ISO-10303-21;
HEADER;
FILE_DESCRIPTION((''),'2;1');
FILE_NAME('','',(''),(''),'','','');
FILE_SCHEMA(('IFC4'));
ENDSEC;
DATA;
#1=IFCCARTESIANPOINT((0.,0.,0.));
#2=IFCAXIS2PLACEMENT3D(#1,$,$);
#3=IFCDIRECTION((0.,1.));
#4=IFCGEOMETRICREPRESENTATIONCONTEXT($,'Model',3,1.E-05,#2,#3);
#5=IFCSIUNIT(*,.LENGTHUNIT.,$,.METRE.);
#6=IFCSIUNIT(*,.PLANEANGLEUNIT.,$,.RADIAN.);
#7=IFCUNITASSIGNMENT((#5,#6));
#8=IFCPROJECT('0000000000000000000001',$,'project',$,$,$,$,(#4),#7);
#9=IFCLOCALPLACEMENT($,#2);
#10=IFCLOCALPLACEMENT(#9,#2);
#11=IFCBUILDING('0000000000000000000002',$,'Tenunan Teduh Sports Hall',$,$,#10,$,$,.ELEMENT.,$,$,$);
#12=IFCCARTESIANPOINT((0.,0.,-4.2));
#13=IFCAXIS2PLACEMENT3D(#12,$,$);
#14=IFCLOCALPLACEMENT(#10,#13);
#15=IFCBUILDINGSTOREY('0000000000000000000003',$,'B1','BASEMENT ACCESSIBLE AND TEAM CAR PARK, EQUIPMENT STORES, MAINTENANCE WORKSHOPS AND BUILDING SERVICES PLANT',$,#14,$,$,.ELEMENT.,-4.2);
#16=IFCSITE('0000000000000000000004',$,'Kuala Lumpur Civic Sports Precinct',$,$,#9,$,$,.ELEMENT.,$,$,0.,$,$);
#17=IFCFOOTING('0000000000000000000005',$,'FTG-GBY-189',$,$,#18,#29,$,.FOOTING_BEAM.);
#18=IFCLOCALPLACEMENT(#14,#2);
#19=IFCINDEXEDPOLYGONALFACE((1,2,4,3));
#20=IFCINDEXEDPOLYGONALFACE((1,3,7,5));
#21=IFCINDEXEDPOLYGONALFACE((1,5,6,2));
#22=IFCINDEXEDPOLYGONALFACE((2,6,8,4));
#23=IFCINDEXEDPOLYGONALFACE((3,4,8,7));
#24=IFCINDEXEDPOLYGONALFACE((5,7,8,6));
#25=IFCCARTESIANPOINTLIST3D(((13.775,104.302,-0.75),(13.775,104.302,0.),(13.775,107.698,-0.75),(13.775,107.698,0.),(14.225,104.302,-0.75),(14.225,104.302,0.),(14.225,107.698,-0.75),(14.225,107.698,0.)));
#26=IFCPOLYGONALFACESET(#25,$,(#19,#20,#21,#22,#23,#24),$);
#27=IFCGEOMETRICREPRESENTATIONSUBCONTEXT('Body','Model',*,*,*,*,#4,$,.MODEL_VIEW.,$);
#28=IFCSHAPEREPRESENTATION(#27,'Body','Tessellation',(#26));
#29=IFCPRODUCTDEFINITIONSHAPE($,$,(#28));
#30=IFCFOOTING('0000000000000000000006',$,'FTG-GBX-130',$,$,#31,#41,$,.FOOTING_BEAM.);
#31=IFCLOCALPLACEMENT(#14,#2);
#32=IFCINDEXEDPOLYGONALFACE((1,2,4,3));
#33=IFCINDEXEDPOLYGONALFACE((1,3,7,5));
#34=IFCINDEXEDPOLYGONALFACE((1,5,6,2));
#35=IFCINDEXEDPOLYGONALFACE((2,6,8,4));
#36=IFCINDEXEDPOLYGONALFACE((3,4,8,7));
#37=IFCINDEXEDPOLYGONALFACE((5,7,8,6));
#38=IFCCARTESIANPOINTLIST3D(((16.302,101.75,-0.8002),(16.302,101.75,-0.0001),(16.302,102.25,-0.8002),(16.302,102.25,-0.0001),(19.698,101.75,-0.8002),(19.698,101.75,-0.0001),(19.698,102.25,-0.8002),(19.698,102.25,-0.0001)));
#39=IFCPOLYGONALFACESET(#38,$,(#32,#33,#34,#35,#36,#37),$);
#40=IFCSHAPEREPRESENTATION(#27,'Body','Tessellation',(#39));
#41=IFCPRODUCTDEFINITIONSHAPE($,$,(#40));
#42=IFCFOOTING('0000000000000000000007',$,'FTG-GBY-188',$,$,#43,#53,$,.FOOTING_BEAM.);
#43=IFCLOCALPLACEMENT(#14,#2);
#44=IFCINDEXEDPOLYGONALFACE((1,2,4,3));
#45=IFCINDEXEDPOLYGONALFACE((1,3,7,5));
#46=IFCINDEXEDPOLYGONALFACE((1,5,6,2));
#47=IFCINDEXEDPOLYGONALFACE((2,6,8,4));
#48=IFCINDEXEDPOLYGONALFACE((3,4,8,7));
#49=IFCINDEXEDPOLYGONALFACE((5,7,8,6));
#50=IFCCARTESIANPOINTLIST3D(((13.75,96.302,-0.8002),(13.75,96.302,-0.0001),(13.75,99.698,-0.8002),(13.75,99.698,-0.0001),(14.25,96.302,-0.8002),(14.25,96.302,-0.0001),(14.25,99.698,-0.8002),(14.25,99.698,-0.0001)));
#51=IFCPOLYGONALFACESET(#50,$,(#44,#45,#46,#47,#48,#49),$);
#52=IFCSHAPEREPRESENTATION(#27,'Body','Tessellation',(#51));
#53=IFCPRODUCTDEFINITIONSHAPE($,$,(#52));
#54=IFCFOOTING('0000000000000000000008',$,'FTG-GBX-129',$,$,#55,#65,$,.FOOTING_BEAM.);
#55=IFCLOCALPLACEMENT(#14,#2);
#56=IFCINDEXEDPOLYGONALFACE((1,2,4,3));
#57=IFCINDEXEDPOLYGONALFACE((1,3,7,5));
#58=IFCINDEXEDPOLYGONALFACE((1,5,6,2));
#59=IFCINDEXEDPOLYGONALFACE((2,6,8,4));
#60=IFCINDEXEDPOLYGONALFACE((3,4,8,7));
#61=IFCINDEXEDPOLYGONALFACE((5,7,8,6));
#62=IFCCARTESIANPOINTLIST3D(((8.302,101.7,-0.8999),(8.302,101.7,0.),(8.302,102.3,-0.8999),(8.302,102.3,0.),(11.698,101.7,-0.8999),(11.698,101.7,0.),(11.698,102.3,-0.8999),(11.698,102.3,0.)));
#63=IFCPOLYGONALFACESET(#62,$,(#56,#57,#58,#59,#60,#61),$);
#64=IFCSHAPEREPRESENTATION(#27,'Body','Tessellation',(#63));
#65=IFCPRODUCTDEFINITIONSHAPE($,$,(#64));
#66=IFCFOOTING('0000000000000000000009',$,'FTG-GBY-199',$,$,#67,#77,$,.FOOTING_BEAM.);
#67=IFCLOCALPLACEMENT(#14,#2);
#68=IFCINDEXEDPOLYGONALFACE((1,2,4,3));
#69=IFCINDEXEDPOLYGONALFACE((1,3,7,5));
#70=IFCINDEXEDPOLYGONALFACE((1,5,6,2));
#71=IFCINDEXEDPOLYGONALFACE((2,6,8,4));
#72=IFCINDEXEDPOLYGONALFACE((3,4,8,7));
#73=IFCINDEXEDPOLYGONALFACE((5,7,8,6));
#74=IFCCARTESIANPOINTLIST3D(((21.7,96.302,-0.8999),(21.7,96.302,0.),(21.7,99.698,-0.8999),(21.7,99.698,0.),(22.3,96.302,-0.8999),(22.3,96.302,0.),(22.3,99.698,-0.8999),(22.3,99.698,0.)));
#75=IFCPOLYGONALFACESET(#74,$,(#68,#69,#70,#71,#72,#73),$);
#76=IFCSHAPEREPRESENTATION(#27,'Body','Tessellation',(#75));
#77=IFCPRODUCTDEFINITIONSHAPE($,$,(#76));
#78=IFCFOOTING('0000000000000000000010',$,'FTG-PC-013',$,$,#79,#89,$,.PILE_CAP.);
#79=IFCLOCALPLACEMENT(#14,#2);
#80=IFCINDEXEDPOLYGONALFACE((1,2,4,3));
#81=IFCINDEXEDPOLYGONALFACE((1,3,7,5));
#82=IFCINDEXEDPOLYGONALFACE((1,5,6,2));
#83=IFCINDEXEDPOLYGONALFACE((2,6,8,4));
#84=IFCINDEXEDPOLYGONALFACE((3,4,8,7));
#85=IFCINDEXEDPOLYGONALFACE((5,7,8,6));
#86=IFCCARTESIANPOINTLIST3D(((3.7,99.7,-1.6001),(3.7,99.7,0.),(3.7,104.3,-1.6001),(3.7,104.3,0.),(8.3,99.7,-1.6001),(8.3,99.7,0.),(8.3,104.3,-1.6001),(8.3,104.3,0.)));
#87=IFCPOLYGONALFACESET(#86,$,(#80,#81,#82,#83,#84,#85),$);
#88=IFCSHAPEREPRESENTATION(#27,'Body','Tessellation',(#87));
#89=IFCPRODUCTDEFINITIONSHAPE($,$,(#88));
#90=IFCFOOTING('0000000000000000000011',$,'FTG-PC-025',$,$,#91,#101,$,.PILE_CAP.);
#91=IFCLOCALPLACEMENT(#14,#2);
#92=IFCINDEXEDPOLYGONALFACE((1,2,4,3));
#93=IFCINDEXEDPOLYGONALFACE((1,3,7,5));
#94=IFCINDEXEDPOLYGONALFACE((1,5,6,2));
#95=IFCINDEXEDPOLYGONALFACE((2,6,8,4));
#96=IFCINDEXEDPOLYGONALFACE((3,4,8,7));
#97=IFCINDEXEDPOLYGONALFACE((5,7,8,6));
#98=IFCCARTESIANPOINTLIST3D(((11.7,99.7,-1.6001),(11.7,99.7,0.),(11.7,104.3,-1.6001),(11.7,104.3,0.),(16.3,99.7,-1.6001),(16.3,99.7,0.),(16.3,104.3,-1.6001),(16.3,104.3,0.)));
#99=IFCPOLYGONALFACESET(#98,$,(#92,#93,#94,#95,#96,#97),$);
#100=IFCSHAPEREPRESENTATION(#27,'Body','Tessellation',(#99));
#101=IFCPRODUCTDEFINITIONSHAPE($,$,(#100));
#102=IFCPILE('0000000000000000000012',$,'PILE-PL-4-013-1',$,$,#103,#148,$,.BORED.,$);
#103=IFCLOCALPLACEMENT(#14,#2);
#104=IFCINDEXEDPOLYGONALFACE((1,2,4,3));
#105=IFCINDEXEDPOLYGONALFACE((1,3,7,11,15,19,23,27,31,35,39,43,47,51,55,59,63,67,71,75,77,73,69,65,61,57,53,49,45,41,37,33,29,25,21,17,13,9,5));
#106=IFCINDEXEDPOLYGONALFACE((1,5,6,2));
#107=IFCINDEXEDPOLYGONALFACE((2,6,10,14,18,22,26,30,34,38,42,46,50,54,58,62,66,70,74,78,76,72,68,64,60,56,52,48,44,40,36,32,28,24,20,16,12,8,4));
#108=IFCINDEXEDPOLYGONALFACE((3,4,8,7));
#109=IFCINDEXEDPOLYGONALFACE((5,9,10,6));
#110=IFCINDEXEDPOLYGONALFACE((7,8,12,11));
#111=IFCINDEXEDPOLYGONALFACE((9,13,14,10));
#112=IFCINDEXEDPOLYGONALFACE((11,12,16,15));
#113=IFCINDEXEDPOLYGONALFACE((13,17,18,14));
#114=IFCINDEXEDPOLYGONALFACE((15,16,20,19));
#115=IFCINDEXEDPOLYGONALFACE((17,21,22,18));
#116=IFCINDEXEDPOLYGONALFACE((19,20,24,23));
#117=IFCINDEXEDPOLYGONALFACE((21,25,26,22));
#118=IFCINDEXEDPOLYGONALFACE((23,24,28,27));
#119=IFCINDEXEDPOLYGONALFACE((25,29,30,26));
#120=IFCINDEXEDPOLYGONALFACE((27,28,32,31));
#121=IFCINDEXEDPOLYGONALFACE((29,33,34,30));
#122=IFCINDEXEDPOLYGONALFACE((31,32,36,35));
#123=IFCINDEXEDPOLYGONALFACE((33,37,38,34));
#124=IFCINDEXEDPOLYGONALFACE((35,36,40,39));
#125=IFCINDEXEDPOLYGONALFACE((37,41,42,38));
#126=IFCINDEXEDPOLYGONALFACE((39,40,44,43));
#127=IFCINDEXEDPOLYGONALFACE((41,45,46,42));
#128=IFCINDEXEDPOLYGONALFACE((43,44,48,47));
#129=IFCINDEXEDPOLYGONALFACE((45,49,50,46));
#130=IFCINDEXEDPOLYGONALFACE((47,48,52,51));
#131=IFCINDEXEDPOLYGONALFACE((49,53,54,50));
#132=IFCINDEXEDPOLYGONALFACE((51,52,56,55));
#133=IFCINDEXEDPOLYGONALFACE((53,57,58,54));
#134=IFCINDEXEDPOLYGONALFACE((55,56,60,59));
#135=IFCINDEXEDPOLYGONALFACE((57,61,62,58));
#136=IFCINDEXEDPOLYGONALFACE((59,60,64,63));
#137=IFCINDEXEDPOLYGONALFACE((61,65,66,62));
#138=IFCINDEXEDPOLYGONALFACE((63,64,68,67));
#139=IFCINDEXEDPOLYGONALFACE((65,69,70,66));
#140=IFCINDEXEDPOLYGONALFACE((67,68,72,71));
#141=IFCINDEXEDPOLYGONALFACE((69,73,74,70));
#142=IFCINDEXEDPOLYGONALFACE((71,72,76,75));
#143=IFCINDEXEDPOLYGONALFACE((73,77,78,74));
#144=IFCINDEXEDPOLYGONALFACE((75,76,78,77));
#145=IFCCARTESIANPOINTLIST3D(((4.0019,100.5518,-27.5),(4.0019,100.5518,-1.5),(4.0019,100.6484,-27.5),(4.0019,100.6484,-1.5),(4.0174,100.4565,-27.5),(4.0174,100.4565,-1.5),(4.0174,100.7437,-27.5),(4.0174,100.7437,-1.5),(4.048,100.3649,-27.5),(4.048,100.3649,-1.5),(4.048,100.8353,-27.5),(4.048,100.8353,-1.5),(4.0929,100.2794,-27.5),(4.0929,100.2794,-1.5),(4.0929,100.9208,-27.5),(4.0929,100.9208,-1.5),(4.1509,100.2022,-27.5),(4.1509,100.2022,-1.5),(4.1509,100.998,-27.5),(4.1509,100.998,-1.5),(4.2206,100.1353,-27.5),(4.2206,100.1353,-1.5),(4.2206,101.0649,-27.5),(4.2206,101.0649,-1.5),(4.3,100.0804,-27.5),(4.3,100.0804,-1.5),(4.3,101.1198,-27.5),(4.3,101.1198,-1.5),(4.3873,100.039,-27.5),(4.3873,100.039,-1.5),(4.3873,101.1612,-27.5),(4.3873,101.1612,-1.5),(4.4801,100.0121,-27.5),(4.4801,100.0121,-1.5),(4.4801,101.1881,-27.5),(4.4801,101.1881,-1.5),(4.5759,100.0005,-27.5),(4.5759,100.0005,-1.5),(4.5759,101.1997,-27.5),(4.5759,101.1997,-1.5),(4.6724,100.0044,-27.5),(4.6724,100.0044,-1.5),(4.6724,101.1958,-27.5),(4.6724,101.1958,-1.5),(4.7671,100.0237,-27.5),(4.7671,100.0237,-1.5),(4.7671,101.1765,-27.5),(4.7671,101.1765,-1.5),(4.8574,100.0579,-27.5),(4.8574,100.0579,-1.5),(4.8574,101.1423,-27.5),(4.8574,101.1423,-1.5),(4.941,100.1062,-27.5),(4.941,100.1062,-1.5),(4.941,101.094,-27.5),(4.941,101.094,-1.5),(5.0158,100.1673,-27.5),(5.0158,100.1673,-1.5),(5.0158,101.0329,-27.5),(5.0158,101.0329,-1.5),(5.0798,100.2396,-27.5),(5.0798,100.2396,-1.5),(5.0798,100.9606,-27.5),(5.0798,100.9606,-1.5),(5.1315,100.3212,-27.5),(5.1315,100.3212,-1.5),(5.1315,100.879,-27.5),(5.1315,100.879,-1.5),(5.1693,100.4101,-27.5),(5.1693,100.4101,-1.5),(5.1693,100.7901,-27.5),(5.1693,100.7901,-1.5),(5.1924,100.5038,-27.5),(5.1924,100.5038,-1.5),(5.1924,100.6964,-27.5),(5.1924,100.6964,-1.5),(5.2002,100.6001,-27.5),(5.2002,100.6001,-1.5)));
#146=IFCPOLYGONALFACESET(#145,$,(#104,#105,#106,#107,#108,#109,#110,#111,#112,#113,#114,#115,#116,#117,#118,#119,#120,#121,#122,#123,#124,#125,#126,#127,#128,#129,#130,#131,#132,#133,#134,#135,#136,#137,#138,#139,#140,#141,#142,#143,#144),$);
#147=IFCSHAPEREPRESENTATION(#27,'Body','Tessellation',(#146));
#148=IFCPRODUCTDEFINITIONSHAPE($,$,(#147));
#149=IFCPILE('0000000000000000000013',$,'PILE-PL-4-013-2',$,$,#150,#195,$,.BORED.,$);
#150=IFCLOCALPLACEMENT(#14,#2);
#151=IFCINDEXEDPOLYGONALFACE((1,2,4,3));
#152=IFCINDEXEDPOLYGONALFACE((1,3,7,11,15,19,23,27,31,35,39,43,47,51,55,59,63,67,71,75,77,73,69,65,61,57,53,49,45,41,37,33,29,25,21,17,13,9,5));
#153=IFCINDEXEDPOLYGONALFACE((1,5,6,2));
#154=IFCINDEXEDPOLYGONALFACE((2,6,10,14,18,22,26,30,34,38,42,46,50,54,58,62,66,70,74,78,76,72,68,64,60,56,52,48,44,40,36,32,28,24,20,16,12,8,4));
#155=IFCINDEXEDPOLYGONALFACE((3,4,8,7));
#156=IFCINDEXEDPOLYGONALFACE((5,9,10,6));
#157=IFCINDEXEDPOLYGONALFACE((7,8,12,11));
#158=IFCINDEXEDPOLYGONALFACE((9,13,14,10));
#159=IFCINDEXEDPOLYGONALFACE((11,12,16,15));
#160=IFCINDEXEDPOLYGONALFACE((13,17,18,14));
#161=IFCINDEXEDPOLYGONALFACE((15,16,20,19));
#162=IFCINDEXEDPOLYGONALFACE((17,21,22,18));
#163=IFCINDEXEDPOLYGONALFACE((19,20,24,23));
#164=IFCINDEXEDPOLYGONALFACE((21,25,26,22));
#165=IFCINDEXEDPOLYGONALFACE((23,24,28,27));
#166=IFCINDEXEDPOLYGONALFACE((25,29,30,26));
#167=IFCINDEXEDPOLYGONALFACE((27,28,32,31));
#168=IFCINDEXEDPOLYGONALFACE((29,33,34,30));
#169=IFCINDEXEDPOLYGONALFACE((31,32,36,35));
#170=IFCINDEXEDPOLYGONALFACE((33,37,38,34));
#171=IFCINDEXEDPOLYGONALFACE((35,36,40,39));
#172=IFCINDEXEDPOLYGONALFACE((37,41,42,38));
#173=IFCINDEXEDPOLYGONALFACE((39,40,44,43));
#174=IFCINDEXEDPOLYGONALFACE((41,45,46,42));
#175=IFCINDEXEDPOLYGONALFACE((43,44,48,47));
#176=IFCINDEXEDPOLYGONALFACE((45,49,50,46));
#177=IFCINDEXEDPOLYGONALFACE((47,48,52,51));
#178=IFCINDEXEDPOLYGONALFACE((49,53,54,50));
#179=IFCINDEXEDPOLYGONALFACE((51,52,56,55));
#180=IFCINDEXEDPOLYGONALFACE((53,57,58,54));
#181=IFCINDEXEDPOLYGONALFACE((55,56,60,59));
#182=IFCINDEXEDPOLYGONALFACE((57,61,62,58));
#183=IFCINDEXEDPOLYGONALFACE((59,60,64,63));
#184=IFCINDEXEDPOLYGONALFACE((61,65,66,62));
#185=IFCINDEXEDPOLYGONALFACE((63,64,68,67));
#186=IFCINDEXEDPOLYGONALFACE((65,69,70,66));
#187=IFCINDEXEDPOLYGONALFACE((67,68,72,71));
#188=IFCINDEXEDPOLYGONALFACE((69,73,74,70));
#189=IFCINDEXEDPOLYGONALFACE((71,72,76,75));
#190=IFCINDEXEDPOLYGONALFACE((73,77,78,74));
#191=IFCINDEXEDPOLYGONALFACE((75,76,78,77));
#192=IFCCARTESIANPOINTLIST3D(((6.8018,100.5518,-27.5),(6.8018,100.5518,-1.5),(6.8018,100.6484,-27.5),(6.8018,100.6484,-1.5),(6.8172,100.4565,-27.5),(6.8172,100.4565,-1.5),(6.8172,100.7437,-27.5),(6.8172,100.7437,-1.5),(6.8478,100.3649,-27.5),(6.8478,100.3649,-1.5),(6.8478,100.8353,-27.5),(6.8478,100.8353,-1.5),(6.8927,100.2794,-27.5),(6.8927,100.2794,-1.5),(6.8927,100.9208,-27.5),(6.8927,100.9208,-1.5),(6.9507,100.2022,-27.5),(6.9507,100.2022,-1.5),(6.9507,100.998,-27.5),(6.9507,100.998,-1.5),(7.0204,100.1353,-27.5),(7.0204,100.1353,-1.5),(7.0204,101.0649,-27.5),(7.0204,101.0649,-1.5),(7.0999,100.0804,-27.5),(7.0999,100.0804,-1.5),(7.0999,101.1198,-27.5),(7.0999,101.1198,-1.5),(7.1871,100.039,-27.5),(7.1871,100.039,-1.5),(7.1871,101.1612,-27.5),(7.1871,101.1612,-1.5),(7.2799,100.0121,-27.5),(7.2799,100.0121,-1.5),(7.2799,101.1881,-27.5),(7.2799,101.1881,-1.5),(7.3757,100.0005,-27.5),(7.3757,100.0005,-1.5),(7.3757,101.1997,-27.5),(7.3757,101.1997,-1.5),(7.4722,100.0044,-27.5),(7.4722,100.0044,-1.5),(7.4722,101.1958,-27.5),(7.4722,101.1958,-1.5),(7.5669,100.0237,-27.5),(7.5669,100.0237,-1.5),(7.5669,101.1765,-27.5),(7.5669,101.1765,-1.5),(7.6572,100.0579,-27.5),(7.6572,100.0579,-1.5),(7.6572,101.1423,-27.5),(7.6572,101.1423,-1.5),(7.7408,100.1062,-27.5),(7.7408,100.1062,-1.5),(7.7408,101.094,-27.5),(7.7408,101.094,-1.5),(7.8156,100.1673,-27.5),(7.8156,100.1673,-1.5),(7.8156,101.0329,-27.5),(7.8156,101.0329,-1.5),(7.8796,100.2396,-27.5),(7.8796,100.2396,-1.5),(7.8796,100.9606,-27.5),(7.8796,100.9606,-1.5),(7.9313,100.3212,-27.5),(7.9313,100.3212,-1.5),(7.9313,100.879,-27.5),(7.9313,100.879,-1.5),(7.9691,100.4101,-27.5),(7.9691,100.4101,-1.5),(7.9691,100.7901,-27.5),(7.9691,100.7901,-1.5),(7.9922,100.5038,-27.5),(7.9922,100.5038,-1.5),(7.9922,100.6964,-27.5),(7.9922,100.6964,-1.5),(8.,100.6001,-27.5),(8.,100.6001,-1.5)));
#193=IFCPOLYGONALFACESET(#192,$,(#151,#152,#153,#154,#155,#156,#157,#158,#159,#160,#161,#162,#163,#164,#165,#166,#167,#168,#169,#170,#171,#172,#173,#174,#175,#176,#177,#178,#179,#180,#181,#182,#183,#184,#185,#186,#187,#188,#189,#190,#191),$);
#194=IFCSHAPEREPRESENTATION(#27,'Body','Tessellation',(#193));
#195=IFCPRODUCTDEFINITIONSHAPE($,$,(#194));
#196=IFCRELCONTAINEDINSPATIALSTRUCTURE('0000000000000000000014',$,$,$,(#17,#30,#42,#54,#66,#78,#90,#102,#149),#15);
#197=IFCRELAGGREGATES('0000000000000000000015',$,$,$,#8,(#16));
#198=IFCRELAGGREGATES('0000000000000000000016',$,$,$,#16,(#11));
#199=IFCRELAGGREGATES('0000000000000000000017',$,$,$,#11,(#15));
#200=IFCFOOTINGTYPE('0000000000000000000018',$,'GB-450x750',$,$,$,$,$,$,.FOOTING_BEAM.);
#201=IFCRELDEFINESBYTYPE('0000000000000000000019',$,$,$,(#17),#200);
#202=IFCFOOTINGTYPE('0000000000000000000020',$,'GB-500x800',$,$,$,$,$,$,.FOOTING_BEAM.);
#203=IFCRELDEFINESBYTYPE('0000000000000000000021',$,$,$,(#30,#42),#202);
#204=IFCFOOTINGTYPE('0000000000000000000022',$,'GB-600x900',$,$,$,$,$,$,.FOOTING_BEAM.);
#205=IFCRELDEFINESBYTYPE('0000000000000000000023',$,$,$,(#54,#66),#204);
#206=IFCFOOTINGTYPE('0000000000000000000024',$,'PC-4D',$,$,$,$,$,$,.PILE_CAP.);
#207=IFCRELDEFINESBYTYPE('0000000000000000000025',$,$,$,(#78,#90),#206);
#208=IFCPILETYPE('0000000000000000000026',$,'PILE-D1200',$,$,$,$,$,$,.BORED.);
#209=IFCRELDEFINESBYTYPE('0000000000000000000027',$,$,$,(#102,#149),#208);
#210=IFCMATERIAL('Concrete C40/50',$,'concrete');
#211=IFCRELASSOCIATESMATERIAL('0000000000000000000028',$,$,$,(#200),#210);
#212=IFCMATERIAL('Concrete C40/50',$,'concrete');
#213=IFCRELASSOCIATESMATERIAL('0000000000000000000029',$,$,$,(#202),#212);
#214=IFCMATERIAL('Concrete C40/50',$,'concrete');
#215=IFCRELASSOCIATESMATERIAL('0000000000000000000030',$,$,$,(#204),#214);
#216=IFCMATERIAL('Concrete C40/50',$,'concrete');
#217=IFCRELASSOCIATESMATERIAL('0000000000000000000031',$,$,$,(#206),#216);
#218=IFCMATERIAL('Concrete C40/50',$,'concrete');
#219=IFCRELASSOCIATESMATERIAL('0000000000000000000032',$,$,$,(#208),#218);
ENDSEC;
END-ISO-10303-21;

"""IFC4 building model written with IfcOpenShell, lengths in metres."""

from ifc_helpers import new_model, si_unit, direction, frame, origin, origin_2d, place, context, subcontext, project, spatial, rectangle, circle, extrude, material, material_profile, profile_set, type_object, element, save


model = new_model("IFC4")

# Units and contexts
model_context = context("Model", 3, precision=1e-05, world=origin(), true_north=direction((0.0, 1.0)))
body_context = subcontext(model_context, "Body", "Model", "MODEL_VIEW")
ifc_project = project(units=[si_unit("LENGTHUNIT", "METRE"), si_unit("PLANEANGLEUNIT", "RADIAN")], contexts=[model_context])

# Site, building, storey
site_placement = place(None, origin())
site = spatial("IfcSite", under=ifc_project, at=site_placement, Name="Kuala Lumpur Civic Sports Precinct", CompositionType="ELEMENT", RefElevation=0.0)
building_placement = place(site_placement, origin())
building = spatial("IfcBuilding", under=site, at=building_placement, Name="Tenunan Teduh Sports Hall", CompositionType="ELEMENT")
storey_placement = place(building_placement, frame((0.0, 0.0, -4.2)))
storey = spatial("IfcBuildingStorey", under=building, at=storey_placement, Name="B1", Description="BASEMENT ACCESSIBLE AND TEAM CAR PARK, EQUIPMENT STORES, MAINTENANCE WORKSHOPS AND BUILDING SERVICES PLANT", CompositionType="ELEMENT", Elevation=-4.2)

# Footings
ifc_material_1 = material(Name="Concrete C40/50", Category="concrete")
ifc_material_profile_1 = material_profile(ifc_material_1, rectangle(XDim=0.45, YDim=0.75, at=origin_2d()), Name="RCB 450x750")
ifc_profile_set_1 = profile_set([ifc_material_profile_1], Name="Concrete C40/50")
footing_type_1 = type_object("IfcFootingType", Name="GB-450x750", PredefinedType="FOOTING_BEAM", material=ifc_profile_set_1)
footing_placement = place(storey_placement, frame((14.0, 104.302, -0.375), z_axis=(0.0, 1.0, 0.0), x_axis=(-1.0, 0.0, 0.0)))
element("IfcFooting", 1, at=footing_placement, inside=storey, type_object=footing_type_1, Name="FTG-GBY-189", PredefinedType="FOOTING_BEAM", context=body_context, shape_type="SweptSolid", body=[
    extrude(rectangle(XDim=0.45, YDim=0.75, at=origin_2d()), origin(), (0.0, 0.0, 1.0), 3.396),
])
ifc_material_2 = material(Name="Concrete C40/50", Category="concrete")
ifc_material_profile_2 = material_profile(ifc_material_2, rectangle(XDim=0.5, YDim=0.8, at=origin_2d()), Name="RCB 500x800")
ifc_profile_set_2 = profile_set([ifc_material_profile_2], Name="Concrete C40/50")
footing_type_2 = type_object("IfcFootingType", Name="GB-500x800", PredefinedType="FOOTING_BEAM", material=ifc_profile_set_2)
for number, where, z_axis, x_axis, name in (
    (2, (16.302, 102.0, -0.4001), (1.0, 0.0, 0.0), (0.0, 1.0, 0.0), "FTG-GBX-130"),
    (3, (14.0, 96.302, -0.4001), (0.0, 1.0, 0.0), (-1.0, 0.0, 0.0), "FTG-GBY-188"),
):
    element("IfcFooting", number, at=place(storey_placement, frame(where, z_axis=z_axis, x_axis=x_axis)), inside=storey, type_object=footing_type_2, Name=name, PredefinedType="FOOTING_BEAM", context=body_context, shape_type="SweptSolid", body=[
        extrude(rectangle(XDim=0.5, YDim=0.8, at=origin_2d()), origin(), (0.0, 0.0, 1.0), 3.396),
    ])
ifc_material_3 = material(Name="Concrete C40/50", Category="concrete")
ifc_material_profile_3 = material_profile(ifc_material_3, rectangle(XDim=0.6001, YDim=0.8999, at=origin_2d()), Name="RCB 600x900")
ifc_profile_set_3 = profile_set([ifc_material_profile_3], Name="Concrete C40/50")
footing_type_3 = type_object("IfcFootingType", Name="GB-600x900", PredefinedType="FOOTING_BEAM", material=ifc_profile_set_3)
for number, where, z_axis, x_axis, name in (
    (4, (8.302, 102.0, -0.45), (1.0, 0.0, 0.0), (0.0, 1.0, 0.0), "FTG-GBX-129"),
    (5, (22.0, 96.302, -0.45), (0.0, 1.0, 0.0), (-1.0, 0.0, 0.0), "FTG-GBY-199"),
):
    element("IfcFooting", number, at=place(storey_placement, frame(where, z_axis=z_axis, x_axis=x_axis)), inside=storey, type_object=footing_type_3, Name=name, PredefinedType="FOOTING_BEAM", context=body_context, shape_type="SweptSolid", body=[
        extrude(rectangle(XDim=0.6001, YDim=0.8999, at=origin_2d()), origin(), (0.0, 0.0, 1.0), 3.396),
    ])
ifc_material_4 = material(Name="Concrete C40/50", Category="concrete")
footing_type_4 = type_object("IfcFootingType", Name="PC-4D", PredefinedType="PILE_CAP", material=ifc_material_4)
for number, where, z_axis, x_axis, name in (
    (6, (6.0, 102.0, -1.6001), (0.0, 0.0, 1.0), (1.0, 0.0, 0.0), "FTG-PC-013"),
    (7, (14.0, 102.0, -1.6001), (0.0, 0.0, 1.0), (1.0, 0.0, 0.0), "FTG-PC-025"),
):
    element("IfcFooting", number, at=place(storey_placement, frame(where, z_axis=z_axis, x_axis=x_axis)), inside=storey, type_object=footing_type_4, Name=name, PredefinedType="PILE_CAP", context=body_context, shape_type="SweptSolid", body=[
        extrude(rectangle(XDim=4.6001, YDim=4.6001, at=origin_2d()), origin(), (0.0, 0.0, 1.0), 1.6001),
    ])

# Piles
ifc_material_5 = material(Name="Concrete C40/50", Category="concrete")
ifc_material_profile_4 = material_profile(ifc_material_5, circle(Radius=0.6001, at=origin_2d()), Name="PILE D1200")
ifc_profile_set_4 = profile_set([ifc_material_profile_4], Name="Concrete C40/50")
pile_type = type_object("IfcPileType", Name="PILE-D1200", PredefinedType="BORED", material=ifc_profile_set_4)
for number, where, z_axis, x_axis, name in (
    (8, (4.6001, 100.6001, -1.5), (0.0, 0.0, -1.0), (1.0, 0.0, 0.0), "PILE-PL-4-013-1"),
    (9, (7.3999, 100.6001, -1.5), (0.0, 0.0, -1.0), (1.0, 0.0, 0.0), "PILE-PL-4-013-2"),
):
    element("IfcPile", number, at=place(storey_placement, frame(where, z_axis=z_axis, x_axis=x_axis)), inside=storey, type_object=pile_type, Name=name, PredefinedType="BORED", context=body_context, shape_type="SweptSolid", body=[
        extrude(circle(Radius=0.6001, at=origin_2d()), origin(), (0.0, 0.0, 1.0), 26.0),
    ])

save(model, "model.ifc")
